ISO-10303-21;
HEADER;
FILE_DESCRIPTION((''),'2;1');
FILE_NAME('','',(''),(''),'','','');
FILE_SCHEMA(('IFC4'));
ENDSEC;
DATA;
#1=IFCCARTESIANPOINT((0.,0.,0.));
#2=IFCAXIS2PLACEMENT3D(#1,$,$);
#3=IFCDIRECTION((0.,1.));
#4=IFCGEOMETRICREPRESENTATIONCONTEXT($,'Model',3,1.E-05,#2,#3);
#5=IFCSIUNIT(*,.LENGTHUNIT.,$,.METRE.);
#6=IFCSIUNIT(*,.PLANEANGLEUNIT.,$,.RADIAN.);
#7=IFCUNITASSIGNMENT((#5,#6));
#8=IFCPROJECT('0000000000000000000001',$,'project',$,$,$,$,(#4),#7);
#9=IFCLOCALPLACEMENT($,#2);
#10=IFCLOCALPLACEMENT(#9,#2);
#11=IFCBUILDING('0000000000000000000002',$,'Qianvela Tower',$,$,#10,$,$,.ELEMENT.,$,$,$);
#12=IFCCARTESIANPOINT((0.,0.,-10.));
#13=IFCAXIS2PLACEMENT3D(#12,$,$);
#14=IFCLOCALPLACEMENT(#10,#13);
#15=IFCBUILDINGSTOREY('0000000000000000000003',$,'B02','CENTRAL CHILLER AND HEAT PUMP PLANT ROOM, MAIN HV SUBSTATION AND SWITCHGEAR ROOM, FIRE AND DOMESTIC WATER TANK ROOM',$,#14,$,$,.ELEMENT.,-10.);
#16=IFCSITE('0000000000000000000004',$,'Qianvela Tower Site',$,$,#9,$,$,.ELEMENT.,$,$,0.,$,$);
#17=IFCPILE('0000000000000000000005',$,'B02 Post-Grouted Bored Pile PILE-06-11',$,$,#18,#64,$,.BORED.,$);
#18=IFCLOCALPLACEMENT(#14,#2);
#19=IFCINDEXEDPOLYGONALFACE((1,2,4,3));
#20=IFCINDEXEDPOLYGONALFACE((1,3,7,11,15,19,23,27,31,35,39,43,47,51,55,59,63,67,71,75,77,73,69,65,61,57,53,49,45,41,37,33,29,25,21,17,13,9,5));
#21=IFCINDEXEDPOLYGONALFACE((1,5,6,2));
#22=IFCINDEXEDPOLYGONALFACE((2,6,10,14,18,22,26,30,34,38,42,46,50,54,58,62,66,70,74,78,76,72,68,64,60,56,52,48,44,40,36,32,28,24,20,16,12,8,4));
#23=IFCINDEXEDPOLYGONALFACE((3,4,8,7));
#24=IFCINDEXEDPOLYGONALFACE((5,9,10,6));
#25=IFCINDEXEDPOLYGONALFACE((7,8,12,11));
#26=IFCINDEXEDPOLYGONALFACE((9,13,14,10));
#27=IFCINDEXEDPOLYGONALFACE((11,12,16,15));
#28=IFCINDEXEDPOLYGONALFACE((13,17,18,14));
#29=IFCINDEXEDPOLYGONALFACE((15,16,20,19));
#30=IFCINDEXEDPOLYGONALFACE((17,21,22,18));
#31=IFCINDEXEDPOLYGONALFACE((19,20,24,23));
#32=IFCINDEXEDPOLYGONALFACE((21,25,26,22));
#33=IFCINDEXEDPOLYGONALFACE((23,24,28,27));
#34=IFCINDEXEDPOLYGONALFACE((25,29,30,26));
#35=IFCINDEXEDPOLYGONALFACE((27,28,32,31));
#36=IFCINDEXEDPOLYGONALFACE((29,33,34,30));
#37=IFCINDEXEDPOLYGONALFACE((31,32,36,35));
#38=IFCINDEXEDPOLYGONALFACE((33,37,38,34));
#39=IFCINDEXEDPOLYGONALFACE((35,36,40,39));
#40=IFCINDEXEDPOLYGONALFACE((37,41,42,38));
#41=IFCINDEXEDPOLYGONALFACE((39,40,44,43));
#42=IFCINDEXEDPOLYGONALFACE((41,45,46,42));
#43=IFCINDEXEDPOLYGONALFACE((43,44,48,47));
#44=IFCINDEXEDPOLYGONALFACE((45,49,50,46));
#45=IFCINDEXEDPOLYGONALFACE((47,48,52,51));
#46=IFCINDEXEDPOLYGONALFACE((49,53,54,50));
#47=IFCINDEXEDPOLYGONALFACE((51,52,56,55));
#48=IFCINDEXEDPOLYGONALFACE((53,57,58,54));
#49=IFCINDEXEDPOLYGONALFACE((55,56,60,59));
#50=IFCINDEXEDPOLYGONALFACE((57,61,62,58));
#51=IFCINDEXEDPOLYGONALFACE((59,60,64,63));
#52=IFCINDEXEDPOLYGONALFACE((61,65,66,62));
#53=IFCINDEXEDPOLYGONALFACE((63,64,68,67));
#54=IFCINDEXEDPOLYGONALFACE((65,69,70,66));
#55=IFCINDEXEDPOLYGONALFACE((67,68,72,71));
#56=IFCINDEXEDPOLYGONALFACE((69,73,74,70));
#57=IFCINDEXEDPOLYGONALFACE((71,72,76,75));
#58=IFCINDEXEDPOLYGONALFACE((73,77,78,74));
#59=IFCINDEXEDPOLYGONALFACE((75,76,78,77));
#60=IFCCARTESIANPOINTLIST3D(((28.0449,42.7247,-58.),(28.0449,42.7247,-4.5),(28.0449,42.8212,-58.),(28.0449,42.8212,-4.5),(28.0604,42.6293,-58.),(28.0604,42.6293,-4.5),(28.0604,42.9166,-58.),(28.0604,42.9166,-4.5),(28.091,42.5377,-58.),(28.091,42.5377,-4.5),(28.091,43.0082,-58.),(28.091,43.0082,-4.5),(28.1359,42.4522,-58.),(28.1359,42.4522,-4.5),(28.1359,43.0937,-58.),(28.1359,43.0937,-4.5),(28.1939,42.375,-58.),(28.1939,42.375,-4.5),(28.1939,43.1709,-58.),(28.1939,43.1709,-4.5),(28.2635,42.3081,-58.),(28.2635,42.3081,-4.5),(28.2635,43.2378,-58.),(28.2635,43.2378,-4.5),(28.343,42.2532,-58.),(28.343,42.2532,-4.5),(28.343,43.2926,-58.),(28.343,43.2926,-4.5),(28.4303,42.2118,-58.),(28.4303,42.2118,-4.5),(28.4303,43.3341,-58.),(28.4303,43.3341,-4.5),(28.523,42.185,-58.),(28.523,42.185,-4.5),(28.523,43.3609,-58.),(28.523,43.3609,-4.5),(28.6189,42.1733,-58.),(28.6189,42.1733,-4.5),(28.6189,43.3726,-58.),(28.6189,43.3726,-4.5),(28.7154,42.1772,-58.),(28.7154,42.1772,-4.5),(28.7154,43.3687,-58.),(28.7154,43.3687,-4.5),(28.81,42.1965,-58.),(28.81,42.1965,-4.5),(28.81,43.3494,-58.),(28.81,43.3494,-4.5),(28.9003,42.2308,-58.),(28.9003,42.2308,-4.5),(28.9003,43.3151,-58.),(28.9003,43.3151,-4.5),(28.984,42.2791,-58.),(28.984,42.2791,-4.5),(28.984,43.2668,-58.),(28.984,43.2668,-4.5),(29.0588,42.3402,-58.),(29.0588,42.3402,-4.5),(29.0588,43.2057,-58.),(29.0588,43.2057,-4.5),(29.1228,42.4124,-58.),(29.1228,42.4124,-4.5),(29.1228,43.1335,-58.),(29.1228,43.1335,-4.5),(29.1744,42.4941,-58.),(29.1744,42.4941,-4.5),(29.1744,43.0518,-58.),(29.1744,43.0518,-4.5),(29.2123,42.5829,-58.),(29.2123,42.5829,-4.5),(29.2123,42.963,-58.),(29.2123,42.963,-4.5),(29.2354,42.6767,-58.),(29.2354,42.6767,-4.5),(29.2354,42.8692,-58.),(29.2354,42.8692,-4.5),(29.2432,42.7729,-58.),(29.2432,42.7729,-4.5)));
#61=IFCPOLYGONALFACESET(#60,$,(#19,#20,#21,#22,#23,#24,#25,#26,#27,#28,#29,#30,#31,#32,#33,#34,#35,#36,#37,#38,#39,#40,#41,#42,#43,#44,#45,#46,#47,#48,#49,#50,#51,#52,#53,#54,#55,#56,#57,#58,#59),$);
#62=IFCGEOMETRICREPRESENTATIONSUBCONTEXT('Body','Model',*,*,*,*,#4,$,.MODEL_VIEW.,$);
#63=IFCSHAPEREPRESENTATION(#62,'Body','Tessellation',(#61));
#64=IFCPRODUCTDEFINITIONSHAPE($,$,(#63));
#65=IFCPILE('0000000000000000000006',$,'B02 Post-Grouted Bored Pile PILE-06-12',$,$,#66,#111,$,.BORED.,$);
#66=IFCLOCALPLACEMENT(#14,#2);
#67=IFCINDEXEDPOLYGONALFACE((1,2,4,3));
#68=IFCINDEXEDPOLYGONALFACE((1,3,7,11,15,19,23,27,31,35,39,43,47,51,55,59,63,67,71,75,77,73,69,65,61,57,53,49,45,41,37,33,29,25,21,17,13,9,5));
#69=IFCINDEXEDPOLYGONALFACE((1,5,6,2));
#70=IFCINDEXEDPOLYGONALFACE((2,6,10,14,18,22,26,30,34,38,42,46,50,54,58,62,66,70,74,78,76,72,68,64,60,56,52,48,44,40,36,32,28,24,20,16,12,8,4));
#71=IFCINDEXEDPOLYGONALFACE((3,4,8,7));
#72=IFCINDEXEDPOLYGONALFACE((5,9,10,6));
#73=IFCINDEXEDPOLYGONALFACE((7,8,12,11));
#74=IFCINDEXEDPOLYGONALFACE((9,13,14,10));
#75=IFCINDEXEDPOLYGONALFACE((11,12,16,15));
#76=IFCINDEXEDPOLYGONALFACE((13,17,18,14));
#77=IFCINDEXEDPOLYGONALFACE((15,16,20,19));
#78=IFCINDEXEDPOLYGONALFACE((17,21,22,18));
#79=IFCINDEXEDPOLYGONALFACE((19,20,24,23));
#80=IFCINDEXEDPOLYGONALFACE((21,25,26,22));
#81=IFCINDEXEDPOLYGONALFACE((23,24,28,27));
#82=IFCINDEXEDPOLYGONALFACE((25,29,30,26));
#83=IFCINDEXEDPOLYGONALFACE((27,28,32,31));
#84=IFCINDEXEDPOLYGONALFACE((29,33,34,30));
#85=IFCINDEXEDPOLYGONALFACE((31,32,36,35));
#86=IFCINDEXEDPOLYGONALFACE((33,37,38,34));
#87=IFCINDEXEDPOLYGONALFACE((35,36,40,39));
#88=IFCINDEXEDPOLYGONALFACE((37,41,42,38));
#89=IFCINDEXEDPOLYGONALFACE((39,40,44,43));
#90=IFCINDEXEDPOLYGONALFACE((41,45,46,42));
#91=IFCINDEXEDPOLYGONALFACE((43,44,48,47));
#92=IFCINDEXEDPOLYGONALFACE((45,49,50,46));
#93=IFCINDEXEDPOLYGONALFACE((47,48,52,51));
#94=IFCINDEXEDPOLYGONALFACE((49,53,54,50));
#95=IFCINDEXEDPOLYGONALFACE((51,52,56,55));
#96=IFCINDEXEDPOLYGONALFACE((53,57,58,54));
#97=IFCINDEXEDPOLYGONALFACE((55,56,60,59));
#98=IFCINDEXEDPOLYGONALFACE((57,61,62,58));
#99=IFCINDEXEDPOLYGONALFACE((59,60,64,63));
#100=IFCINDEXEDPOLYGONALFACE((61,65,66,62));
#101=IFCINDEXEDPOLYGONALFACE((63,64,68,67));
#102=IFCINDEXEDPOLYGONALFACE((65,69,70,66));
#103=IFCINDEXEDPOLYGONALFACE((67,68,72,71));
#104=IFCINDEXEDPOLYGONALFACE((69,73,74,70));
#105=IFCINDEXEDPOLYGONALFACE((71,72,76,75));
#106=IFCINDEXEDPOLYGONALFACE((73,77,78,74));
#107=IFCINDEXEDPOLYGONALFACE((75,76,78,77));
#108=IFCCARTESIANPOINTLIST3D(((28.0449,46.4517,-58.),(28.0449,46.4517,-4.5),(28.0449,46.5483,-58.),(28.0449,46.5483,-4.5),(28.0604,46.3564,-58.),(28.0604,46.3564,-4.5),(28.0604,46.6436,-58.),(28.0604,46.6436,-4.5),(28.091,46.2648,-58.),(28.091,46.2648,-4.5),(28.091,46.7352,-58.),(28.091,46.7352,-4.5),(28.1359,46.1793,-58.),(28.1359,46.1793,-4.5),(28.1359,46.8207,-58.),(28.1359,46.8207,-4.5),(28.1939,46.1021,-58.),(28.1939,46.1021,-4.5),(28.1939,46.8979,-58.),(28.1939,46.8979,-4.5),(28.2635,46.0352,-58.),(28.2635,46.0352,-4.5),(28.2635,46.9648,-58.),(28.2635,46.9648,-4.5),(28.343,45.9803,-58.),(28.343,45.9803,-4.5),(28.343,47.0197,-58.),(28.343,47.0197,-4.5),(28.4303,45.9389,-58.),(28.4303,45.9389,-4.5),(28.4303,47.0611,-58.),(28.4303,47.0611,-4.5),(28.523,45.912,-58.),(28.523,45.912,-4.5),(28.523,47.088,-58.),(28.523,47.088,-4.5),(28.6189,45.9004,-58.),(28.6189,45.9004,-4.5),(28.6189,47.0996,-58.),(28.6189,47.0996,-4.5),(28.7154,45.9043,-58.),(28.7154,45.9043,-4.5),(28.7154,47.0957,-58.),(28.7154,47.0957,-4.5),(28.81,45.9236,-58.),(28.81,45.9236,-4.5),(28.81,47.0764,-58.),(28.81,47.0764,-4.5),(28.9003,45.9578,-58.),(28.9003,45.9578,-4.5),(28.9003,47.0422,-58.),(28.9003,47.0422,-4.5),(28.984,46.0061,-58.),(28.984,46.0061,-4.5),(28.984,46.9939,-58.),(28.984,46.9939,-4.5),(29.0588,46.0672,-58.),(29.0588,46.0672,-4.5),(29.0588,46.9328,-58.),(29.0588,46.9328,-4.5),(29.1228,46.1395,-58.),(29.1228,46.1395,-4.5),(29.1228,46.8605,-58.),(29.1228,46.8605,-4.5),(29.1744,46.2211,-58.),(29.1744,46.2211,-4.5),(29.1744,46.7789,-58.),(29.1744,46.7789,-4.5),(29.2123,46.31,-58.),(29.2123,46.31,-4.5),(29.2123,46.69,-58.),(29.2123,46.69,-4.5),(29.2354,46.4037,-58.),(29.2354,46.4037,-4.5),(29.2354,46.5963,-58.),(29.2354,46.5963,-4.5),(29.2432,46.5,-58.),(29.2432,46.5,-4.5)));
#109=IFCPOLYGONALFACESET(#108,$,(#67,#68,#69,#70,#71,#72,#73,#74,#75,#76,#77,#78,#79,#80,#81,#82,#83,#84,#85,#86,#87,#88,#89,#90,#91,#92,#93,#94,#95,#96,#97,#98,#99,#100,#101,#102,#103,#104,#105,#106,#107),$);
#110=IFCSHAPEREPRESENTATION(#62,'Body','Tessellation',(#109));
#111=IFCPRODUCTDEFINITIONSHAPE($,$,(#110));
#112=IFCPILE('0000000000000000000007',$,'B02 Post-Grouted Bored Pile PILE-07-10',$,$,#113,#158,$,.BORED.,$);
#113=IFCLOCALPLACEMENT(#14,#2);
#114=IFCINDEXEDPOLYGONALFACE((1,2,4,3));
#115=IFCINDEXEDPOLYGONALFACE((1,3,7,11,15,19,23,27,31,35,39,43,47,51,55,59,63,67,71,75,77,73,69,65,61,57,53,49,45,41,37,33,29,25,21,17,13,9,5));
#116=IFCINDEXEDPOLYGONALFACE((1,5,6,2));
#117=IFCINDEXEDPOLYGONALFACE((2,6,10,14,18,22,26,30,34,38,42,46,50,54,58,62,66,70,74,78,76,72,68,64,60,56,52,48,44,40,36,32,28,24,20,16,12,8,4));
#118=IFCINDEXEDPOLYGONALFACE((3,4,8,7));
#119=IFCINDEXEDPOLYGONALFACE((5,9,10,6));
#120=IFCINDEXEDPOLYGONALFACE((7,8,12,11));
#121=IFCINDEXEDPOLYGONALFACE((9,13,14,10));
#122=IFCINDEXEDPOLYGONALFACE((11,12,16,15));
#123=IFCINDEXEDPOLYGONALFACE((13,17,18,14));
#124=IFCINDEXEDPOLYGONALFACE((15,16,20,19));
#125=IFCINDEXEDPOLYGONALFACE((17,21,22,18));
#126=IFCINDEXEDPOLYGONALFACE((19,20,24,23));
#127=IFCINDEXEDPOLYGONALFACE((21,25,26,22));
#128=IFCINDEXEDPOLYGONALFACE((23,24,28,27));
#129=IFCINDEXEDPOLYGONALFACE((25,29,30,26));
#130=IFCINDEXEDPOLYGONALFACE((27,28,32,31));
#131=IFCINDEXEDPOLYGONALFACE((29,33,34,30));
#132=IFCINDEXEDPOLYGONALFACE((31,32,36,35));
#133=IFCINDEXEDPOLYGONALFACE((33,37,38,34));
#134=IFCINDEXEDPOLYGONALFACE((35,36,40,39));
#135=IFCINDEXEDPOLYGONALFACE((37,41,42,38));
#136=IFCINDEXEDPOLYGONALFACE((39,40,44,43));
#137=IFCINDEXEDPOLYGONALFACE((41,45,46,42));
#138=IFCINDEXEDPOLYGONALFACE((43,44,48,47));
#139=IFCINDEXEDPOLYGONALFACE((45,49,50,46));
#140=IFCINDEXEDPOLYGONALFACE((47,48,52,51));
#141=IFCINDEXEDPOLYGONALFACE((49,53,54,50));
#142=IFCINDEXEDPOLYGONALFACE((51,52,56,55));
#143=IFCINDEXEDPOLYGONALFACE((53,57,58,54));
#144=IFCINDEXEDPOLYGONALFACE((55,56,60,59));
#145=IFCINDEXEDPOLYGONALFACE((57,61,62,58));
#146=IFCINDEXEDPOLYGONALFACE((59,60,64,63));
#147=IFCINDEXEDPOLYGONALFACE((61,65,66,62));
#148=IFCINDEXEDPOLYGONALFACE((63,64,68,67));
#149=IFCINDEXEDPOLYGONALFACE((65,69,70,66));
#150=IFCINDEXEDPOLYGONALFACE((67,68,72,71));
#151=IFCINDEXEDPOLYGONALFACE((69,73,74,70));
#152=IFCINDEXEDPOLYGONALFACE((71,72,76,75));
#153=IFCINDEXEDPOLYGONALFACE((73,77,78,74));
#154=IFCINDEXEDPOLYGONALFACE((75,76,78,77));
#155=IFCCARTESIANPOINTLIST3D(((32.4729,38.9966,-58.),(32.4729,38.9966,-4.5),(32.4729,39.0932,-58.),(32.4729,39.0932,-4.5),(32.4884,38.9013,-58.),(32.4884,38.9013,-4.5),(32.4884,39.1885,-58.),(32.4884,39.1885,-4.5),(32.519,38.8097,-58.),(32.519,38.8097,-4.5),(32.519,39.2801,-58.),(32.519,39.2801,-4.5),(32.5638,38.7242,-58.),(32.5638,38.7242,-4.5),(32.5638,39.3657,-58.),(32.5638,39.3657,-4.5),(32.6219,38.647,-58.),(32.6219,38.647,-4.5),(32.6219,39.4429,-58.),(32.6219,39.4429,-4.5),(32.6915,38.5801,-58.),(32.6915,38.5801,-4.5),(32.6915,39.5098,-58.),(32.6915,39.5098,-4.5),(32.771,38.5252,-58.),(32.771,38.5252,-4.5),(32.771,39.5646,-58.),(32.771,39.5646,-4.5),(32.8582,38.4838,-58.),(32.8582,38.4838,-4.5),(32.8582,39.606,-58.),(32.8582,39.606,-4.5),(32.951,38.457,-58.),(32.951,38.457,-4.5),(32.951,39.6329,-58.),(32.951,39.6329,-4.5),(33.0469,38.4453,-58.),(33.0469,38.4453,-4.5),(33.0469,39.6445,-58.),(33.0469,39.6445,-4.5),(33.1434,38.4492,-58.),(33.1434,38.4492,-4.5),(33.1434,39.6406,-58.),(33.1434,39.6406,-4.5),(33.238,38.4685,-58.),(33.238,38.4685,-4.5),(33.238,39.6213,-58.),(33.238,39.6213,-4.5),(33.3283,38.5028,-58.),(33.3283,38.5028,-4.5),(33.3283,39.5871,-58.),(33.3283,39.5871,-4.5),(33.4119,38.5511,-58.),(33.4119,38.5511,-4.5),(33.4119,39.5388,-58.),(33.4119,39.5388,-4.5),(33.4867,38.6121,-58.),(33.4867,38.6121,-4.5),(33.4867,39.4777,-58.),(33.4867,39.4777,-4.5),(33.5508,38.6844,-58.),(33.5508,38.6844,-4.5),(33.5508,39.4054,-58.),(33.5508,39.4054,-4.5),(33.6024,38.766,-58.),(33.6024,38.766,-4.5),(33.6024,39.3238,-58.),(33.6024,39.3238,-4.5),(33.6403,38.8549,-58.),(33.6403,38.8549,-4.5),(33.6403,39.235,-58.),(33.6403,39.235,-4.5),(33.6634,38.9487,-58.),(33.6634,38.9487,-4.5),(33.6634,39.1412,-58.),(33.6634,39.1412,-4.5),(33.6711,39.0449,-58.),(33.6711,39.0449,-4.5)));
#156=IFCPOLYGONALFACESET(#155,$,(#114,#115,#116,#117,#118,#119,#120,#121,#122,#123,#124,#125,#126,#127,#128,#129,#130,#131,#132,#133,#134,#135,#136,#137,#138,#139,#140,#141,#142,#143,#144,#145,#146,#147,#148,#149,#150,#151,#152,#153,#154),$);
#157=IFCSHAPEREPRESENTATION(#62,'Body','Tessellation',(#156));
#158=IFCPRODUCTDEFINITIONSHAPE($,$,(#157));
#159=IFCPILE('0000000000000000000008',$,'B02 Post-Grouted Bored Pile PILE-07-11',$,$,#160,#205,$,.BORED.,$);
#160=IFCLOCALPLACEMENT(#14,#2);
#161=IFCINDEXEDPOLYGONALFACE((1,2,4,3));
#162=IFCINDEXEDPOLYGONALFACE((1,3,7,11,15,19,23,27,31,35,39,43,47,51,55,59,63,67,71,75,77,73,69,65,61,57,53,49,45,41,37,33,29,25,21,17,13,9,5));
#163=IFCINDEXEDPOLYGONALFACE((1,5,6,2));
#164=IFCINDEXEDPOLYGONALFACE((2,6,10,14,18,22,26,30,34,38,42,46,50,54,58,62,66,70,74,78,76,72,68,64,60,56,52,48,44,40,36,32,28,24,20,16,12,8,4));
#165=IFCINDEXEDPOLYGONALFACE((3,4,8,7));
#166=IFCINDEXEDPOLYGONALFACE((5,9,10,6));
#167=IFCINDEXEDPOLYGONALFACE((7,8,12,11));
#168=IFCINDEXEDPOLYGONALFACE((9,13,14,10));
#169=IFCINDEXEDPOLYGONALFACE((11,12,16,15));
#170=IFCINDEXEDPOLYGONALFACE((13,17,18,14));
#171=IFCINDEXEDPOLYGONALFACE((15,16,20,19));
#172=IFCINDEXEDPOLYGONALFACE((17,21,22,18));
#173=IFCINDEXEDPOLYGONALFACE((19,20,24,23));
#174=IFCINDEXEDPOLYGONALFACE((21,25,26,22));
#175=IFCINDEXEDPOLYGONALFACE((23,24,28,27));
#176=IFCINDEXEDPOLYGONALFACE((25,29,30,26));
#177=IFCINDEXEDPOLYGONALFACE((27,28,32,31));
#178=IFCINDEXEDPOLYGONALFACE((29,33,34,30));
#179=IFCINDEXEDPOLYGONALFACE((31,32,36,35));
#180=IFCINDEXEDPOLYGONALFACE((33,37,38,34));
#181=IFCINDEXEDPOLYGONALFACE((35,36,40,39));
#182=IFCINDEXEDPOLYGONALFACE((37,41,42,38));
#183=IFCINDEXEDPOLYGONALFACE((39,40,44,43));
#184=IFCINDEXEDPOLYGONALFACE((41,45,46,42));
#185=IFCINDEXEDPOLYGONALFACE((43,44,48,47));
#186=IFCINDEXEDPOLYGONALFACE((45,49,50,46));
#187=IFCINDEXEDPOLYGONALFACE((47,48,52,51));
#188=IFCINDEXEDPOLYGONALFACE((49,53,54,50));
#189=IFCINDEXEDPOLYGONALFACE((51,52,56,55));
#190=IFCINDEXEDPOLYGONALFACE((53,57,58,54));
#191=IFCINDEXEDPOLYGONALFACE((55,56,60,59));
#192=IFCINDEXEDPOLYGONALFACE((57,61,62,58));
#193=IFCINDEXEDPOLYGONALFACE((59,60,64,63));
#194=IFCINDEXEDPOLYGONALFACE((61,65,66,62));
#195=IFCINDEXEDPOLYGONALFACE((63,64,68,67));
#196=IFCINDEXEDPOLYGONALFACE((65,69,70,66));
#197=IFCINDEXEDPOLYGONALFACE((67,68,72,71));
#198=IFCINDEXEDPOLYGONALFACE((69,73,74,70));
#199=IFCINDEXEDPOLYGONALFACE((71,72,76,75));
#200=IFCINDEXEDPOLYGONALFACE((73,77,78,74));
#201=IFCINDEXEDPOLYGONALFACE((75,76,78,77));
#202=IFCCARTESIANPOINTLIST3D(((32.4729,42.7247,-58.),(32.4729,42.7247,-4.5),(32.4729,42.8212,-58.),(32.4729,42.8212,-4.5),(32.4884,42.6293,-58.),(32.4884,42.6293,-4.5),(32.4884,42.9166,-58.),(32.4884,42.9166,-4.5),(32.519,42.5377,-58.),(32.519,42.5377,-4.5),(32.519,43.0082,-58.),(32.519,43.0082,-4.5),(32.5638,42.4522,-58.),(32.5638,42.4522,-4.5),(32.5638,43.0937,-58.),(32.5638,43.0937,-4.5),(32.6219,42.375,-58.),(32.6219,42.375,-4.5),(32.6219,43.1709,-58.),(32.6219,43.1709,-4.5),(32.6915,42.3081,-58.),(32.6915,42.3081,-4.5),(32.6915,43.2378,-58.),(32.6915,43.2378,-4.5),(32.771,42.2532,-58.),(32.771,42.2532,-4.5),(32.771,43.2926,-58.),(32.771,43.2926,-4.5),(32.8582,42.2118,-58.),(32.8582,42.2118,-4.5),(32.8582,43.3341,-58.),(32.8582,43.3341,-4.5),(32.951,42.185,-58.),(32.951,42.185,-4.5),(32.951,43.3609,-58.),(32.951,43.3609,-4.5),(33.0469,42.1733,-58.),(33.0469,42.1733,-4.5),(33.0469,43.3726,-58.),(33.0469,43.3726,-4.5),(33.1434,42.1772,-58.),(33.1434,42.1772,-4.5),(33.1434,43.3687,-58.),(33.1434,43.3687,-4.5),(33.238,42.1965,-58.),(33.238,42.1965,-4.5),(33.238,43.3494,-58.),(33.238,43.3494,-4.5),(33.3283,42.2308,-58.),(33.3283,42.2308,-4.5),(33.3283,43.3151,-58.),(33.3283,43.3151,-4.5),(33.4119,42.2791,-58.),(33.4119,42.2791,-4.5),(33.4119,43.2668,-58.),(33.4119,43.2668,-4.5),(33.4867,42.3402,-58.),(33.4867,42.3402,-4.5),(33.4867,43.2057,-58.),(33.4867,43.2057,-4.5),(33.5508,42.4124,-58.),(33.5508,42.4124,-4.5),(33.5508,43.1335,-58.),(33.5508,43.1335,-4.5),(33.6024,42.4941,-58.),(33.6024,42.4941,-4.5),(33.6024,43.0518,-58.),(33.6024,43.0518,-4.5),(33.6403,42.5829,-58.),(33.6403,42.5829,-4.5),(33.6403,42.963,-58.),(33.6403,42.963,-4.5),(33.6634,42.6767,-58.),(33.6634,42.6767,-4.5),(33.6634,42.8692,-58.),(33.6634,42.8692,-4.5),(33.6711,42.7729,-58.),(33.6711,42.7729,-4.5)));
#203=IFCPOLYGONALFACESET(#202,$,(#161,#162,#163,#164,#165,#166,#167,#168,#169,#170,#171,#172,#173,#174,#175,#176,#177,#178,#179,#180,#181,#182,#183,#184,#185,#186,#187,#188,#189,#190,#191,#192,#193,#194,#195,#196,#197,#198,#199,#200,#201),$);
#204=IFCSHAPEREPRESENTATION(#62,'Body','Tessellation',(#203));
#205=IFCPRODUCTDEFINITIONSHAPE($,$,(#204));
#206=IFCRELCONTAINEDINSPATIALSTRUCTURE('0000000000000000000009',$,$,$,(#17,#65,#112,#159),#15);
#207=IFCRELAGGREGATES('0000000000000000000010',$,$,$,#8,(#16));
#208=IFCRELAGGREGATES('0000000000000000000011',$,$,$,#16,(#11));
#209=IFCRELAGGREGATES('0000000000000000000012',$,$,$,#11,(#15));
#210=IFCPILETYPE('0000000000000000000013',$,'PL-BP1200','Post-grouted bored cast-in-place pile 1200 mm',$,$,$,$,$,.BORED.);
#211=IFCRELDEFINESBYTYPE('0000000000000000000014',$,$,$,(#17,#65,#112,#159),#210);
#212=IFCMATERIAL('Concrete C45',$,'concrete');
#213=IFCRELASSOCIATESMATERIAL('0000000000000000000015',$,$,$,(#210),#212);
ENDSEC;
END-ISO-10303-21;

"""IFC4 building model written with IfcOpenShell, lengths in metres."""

from ifc_helpers import new_model, si_unit, direction, frame, origin, origin_2d, place, context, subcontext, project, spatial, circle, extrude, material, material_profile, profile_set, type_object, element, save


model = new_model("IFC4")

# Units and contexts
model_context = context("Model", 3, precision=1e-05, world=origin(), true_north=direction((0.0, 1.0)))
body_context = subcontext(model_context, "Body", "Model", "MODEL_VIEW")
ifc_project = project(units=[si_unit("LENGTHUNIT", "METRE"), si_unit("PLANEANGLEUNIT", "RADIAN")], contexts=[model_context])

# Site, building, storey
site_placement = place(None, origin())
site = spatial("IfcSite", under=ifc_project, at=site_placement, Name="Qianvela Tower Site", CompositionType="ELEMENT", RefElevation=0.0)
building_placement = place(site_placement, origin())
building = spatial("IfcBuilding", under=site, at=building_placement, Name="Qianvela Tower", CompositionType="ELEMENT")
storey_placement = place(building_placement, frame((0.0, 0.0, -10.0)))
storey = spatial("IfcBuildingStorey", under=building, at=storey_placement, Name="B02", Description="CENTRAL CHILLER AND HEAT PUMP PLANT ROOM, MAIN HV SUBSTATION AND SWITCHGEAR ROOM, FIRE AND DOMESTIC WATER TANK ROOM", CompositionType="ELEMENT", Elevation=-10.0)

# Piles
ifc_material_1 = material(Name="Concrete C45", Category="concrete")
ifc_material_profile_1 = material_profile(ifc_material_1, circle(Radius=0.6001, at=origin_2d()), Name="BP-1200")
ifc_profile_set_1 = profile_set([ifc_material_profile_1], Name="Concrete C45")
pile_type = type_object("IfcPileType", Name="PL-BP1200", Description="Post-grouted bored cast-in-place pile 1200 mm", PredefinedType="BORED", material=ifc_profile_set_1)
for number, where, z_axis, x_axis, name in (
    (1, (28.6431, 42.7729, -4.5), (0.0, 0.0, -1.0), (1.0, 0.0, 0.0), "B02 Post-Grouted Bored Pile PILE-06-11"),
    (2, (28.6431, 46.5, -4.5), (0.0, 0.0, -1.0), (1.0, 0.0, 0.0), "B02 Post-Grouted Bored Pile PILE-06-12"),
    (3, (33.071, 39.0449, -4.5), (0.0, 0.0, -1.0), (1.0, 0.0, 0.0), "B02 Post-Grouted Bored Pile PILE-07-10"),
    (4, (33.071, 42.7729, -4.5), (0.0, 0.0, -1.0), (1.0, 0.0, 0.0), "B02 Post-Grouted Bored Pile PILE-07-11"),
):
    element("IfcPile", number, at=place(storey_placement, frame(where, z_axis=z_axis, x_axis=x_axis)), inside=storey, type_object=pile_type, Name=name, PredefinedType="BORED", context=body_context, shape_type="SweptSolid", body=[
        extrude(circle(Radius=0.6001, at=origin_2d()), origin(), (0.0, 0.0, 1.0), 53.5),
    ])

save(model, "model.ifc")
